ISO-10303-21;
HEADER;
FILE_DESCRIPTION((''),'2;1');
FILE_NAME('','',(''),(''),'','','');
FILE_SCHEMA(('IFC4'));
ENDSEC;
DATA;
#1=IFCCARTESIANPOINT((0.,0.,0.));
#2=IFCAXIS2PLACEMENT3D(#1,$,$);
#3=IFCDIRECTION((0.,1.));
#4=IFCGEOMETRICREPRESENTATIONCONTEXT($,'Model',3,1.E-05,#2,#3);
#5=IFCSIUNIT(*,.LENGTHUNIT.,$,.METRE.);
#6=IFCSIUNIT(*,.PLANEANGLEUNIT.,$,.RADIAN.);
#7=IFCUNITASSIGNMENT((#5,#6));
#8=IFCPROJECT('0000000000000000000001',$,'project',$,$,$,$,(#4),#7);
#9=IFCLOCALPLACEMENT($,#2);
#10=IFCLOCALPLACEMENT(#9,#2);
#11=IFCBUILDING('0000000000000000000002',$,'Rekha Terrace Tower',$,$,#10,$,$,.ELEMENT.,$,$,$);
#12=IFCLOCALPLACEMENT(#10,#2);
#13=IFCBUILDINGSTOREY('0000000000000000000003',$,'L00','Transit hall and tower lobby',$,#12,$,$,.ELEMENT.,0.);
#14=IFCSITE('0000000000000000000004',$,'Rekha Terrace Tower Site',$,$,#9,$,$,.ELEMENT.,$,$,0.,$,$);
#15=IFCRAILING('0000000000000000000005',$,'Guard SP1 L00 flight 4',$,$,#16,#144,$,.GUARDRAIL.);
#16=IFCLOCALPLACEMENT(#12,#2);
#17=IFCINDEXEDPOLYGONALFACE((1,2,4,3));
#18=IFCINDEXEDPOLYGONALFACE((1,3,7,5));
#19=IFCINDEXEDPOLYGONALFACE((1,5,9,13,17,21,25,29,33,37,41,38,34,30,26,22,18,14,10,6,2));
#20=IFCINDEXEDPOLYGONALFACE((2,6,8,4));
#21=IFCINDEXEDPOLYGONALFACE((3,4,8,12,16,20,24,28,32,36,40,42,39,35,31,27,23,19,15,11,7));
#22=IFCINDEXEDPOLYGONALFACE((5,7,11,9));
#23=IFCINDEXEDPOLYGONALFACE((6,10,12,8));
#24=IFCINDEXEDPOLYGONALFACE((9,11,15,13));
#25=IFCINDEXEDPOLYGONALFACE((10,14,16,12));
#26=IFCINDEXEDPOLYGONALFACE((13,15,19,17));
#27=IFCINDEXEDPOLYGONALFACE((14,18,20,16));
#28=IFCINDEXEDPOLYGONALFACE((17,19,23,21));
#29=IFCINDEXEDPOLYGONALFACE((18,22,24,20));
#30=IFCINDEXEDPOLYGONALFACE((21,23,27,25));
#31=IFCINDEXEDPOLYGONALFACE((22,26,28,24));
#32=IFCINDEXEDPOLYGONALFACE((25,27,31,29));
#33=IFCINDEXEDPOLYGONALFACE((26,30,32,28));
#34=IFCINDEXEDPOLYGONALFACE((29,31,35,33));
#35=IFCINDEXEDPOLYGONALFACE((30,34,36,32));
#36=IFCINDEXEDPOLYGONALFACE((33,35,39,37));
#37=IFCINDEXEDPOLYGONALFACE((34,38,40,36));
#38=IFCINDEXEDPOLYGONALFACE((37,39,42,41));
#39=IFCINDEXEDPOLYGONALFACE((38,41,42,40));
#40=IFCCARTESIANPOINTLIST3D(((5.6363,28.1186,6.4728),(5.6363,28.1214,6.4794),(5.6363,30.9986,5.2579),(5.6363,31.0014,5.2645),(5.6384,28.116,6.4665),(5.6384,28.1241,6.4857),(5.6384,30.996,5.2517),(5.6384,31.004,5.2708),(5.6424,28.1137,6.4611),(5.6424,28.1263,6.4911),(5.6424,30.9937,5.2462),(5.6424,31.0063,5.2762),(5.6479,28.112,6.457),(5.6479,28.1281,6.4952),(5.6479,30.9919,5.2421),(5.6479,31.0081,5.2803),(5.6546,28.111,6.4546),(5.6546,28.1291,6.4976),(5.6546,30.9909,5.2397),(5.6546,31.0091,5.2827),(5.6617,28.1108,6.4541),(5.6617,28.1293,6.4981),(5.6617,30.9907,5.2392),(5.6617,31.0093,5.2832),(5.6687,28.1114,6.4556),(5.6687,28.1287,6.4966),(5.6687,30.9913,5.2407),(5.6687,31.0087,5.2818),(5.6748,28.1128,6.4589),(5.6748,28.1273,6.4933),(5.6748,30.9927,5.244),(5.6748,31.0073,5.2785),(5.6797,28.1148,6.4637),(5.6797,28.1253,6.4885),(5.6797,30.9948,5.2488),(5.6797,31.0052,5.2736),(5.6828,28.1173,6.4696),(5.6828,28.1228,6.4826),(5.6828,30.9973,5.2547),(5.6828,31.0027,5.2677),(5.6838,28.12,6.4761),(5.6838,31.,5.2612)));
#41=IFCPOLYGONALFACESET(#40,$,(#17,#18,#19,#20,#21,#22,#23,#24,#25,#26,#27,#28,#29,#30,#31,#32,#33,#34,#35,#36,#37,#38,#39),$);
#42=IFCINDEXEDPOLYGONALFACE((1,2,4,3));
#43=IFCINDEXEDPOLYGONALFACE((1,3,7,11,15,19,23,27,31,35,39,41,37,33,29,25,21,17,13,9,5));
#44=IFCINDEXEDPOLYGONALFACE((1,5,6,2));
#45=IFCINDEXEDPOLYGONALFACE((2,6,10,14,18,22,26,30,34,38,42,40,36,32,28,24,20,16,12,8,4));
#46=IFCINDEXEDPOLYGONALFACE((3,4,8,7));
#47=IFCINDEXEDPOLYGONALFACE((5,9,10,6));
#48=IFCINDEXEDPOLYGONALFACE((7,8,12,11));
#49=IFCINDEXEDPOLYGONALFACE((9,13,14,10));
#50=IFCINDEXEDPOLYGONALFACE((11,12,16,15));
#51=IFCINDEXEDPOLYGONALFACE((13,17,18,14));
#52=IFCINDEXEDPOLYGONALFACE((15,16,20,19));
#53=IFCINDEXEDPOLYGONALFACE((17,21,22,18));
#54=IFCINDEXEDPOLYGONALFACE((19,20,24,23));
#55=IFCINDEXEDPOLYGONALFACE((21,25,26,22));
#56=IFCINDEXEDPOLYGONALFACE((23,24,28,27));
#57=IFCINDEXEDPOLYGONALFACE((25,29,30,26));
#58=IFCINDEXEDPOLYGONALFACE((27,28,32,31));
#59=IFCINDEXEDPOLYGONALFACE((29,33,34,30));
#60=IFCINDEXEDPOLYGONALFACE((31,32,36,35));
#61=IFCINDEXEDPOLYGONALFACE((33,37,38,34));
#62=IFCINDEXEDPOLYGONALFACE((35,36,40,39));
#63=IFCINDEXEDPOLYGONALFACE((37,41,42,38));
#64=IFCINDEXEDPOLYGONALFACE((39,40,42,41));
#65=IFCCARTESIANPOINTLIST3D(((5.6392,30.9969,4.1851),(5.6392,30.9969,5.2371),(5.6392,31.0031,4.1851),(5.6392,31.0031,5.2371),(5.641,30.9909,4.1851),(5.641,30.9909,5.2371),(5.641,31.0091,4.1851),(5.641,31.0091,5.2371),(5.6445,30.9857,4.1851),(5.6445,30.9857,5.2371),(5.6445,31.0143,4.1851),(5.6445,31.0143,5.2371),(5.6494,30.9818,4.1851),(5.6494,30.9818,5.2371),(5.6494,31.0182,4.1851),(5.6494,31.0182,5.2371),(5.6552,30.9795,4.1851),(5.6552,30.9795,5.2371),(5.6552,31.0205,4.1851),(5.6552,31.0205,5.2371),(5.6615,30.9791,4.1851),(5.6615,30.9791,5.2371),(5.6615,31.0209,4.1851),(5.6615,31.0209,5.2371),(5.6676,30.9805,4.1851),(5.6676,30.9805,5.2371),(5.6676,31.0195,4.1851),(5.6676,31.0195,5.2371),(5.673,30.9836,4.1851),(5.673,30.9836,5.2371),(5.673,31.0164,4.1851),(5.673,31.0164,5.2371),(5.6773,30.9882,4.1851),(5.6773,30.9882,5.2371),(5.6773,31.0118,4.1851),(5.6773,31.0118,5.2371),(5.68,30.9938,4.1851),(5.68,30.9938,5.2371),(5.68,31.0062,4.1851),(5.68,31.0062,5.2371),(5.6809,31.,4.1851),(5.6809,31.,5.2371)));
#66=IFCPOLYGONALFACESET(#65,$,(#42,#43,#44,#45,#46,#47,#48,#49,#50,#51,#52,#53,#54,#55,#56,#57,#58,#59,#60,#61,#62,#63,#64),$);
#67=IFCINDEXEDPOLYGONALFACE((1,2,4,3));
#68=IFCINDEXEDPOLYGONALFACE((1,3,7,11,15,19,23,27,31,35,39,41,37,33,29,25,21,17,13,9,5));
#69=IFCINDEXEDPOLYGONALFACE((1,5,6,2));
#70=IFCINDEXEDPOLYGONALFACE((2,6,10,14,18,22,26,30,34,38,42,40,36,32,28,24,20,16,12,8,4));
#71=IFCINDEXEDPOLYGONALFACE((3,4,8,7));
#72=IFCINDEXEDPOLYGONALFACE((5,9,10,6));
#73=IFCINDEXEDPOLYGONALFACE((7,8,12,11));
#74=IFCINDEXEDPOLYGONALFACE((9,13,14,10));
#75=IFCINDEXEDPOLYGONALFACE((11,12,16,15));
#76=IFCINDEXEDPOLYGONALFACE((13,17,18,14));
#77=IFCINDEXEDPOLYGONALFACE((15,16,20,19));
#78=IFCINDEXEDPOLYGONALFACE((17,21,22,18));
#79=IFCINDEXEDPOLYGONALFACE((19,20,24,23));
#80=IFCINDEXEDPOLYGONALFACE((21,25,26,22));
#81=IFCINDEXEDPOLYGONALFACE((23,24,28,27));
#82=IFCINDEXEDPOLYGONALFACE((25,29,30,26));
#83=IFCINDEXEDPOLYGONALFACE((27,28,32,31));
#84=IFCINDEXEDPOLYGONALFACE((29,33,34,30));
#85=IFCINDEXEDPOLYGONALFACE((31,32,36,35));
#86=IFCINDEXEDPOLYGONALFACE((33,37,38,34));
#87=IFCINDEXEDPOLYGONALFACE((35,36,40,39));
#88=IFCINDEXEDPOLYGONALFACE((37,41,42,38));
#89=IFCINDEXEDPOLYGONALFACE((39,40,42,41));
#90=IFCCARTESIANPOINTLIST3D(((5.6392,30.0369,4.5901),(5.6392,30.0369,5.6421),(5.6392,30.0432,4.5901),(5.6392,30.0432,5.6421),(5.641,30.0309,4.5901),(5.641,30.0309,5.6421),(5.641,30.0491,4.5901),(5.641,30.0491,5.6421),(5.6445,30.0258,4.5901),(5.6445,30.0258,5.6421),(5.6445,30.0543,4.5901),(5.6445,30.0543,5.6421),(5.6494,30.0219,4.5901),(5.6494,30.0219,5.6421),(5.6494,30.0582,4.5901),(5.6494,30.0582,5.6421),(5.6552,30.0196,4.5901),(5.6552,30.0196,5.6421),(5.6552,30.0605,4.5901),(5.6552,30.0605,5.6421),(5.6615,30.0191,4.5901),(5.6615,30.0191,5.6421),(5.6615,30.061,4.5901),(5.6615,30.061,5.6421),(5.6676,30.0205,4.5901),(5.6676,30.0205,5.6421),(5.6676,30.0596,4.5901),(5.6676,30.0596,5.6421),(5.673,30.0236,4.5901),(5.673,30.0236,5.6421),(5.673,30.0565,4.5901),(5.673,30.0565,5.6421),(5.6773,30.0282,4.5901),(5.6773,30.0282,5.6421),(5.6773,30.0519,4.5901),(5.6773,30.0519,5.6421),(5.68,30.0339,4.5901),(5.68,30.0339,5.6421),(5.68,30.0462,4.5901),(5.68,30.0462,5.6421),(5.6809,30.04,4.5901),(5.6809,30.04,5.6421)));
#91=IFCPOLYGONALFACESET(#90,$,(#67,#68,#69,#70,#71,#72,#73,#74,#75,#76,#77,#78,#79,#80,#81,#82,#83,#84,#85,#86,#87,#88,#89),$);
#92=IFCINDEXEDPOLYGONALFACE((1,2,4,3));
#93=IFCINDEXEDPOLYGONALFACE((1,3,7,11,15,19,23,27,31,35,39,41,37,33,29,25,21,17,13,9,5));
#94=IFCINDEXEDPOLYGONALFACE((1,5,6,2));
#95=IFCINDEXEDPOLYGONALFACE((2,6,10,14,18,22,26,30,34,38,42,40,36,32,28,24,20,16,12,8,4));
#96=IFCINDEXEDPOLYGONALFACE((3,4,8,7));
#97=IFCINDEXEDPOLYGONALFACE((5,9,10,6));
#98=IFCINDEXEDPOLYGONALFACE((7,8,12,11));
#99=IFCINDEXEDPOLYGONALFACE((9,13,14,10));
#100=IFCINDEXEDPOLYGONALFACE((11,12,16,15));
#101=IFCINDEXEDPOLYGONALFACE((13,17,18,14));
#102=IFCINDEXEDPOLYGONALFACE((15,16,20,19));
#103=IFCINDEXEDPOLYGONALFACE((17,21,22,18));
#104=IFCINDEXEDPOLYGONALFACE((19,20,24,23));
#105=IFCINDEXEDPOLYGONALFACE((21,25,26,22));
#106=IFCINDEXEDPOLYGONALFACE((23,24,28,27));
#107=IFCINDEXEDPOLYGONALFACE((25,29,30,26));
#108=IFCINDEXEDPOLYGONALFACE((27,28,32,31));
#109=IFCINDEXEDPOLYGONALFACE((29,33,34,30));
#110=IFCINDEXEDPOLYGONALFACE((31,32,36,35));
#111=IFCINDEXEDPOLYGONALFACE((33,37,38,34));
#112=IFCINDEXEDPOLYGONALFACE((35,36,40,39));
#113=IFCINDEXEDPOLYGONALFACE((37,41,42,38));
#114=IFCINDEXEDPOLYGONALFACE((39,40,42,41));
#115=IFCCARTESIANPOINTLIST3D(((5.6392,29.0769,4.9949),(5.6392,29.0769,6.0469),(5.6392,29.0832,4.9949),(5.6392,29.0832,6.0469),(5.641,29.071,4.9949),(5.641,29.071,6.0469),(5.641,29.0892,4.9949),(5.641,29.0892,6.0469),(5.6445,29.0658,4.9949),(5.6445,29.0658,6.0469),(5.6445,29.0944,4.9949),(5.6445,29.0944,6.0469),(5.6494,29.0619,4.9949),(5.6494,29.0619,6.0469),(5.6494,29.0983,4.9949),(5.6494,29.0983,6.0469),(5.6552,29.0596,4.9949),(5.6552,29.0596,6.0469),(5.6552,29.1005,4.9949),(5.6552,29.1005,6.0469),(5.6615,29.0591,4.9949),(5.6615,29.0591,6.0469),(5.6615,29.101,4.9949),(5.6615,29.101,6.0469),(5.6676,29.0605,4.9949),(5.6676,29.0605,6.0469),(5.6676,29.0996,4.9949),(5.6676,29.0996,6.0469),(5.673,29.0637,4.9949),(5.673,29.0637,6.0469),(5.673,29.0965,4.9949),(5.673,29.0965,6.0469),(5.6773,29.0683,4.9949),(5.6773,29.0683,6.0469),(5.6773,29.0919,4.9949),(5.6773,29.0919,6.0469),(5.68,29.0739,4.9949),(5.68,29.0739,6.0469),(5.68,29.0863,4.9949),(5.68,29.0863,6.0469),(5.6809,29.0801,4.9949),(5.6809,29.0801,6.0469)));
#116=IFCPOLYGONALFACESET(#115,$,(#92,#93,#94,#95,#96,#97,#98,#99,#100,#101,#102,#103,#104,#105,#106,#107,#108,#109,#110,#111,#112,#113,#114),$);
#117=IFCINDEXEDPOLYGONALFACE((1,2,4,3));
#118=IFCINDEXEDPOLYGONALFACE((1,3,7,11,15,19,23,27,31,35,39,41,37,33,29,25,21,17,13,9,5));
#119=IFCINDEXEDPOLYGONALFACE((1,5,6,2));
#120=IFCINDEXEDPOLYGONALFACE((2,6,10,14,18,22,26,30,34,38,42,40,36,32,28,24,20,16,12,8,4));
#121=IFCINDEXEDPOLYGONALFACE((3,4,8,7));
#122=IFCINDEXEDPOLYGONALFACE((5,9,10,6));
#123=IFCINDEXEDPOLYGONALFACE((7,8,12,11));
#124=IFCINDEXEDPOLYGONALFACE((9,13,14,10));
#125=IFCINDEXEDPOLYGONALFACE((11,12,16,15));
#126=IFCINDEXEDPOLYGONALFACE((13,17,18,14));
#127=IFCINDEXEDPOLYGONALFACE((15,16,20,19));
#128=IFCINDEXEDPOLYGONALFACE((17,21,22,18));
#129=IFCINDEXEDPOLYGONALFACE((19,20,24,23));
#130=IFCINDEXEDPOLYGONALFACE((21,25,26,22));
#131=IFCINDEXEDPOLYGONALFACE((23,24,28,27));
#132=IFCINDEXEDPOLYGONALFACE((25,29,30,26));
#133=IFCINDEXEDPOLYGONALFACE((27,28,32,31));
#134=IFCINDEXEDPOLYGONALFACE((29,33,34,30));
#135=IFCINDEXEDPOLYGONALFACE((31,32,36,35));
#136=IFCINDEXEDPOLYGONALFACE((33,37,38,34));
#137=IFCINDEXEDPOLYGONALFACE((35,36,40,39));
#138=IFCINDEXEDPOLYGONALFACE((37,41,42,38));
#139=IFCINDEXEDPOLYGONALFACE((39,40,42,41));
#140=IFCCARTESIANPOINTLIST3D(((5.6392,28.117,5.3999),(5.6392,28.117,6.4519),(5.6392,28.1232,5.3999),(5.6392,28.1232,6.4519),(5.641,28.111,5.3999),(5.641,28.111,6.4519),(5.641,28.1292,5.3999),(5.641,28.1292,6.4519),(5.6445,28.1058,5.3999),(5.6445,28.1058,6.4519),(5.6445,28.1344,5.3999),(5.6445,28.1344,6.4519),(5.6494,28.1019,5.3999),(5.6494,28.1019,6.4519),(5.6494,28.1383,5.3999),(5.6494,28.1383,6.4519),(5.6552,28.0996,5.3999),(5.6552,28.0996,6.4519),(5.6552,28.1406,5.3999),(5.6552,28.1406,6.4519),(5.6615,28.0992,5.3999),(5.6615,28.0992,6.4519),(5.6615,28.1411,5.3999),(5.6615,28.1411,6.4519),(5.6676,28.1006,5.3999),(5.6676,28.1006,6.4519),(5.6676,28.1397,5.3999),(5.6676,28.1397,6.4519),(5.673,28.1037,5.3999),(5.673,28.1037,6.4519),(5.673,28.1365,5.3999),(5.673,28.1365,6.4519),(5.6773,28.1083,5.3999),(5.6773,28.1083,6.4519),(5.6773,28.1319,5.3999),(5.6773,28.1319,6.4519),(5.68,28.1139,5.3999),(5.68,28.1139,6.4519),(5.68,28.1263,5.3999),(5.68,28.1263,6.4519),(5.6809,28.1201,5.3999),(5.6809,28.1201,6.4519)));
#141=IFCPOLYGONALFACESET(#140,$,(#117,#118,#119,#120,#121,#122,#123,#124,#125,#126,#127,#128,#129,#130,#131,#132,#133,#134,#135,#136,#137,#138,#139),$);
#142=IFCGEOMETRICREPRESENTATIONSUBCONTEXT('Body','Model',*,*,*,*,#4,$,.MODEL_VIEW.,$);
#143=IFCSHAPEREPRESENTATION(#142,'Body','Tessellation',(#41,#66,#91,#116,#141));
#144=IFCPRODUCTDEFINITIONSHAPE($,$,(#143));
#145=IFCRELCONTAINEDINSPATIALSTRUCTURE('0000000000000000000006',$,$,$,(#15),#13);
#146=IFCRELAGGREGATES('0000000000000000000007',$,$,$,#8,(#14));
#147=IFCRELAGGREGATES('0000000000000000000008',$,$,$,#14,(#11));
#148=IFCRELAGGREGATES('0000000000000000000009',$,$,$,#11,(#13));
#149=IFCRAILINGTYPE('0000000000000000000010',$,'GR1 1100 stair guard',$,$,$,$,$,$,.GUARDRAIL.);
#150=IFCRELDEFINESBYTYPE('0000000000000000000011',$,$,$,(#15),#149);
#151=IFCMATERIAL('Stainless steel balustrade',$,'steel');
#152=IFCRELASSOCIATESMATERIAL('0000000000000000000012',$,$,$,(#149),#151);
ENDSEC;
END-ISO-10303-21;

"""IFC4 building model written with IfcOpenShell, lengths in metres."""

from ifc_helpers import new_model, si_unit, direction, frame, origin, origin_2d, place, context, subcontext, project, spatial, circle, extrude, material, type_object, element, save


model = new_model("IFC4")

# Units and contexts
model_context = context("Model", 3, precision=1e-05, world=origin(), true_north=direction((0.0, 1.0)))
body_context = subcontext(model_context, "Body", "Model", "MODEL_VIEW")
ifc_project = project(units=[si_unit("LENGTHUNIT", "METRE"), si_unit("PLANEANGLEUNIT", "RADIAN")], contexts=[model_context])

# Site, building, storey
site_placement = place(None, origin())
site = spatial("IfcSite", under=ifc_project, at=site_placement, Name="Rekha Terrace Tower Site", CompositionType="ELEMENT", RefElevation=0.0)
building_placement = place(site_placement, origin())
building = spatial("IfcBuilding", under=site, at=building_placement, Name="Rekha Terrace Tower", CompositionType="ELEMENT")
storey_placement = place(building_placement, origin())
storey = spatial("IfcBuildingStorey", under=building, at=storey_placement, Name="L00", Description="Transit hall and tower lobby", CompositionType="ELEMENT", Elevation=0.0)

# Railing
ifc_material_1 = material(Name="Stainless steel balustrade", Category="steel")
railing_type_1 = type_object("IfcRailingType", Name="GR1 1100 stair guard", PredefinedType="GUARDRAIL", material=ifc_material_1)
railing_1_placement = place(storey_placement, frame((5.6599, 31.0, 4.1851)))
element("IfcRailing", 1, at=railing_1_placement, inside=storey, type_object=railing_type_1, Name="Guard SP1 L00 flight 4", PredefinedType="GUARDRAIL", context=body_context, shape_type="SweptSolid", body=[
    extrude(circle(Radius=0.0239, at=origin_2d()), frame((0.0, 0.0, 1.0762), z_axis=(0.0, -0.921376, 0.388671), x_axis=(1.0, 0.0, 0.0)), (0.0, 0.0, 1.0), 3.1257),
    extrude(circle(Radius=0.021, at=origin_2d()), origin(), (0.0, 0.0, 1.0), 1.052),
    extrude(circle(Radius=0.021, at=origin_2d()), frame((0.0, -0.96, 0.405)), (0.0, 0.0, 1.0), 1.052),
    extrude(circle(Radius=0.021, at=origin_2d()), frame((0.0, -1.9199, 0.8098)), (0.0, 0.0, 1.0), 1.052),
    extrude(circle(Radius=0.021, at=origin_2d()), frame((0.0, -2.8799, 1.2148)), (0.0, 0.0, 1.0), 1.052),
])

save(model, "model.ifc")
